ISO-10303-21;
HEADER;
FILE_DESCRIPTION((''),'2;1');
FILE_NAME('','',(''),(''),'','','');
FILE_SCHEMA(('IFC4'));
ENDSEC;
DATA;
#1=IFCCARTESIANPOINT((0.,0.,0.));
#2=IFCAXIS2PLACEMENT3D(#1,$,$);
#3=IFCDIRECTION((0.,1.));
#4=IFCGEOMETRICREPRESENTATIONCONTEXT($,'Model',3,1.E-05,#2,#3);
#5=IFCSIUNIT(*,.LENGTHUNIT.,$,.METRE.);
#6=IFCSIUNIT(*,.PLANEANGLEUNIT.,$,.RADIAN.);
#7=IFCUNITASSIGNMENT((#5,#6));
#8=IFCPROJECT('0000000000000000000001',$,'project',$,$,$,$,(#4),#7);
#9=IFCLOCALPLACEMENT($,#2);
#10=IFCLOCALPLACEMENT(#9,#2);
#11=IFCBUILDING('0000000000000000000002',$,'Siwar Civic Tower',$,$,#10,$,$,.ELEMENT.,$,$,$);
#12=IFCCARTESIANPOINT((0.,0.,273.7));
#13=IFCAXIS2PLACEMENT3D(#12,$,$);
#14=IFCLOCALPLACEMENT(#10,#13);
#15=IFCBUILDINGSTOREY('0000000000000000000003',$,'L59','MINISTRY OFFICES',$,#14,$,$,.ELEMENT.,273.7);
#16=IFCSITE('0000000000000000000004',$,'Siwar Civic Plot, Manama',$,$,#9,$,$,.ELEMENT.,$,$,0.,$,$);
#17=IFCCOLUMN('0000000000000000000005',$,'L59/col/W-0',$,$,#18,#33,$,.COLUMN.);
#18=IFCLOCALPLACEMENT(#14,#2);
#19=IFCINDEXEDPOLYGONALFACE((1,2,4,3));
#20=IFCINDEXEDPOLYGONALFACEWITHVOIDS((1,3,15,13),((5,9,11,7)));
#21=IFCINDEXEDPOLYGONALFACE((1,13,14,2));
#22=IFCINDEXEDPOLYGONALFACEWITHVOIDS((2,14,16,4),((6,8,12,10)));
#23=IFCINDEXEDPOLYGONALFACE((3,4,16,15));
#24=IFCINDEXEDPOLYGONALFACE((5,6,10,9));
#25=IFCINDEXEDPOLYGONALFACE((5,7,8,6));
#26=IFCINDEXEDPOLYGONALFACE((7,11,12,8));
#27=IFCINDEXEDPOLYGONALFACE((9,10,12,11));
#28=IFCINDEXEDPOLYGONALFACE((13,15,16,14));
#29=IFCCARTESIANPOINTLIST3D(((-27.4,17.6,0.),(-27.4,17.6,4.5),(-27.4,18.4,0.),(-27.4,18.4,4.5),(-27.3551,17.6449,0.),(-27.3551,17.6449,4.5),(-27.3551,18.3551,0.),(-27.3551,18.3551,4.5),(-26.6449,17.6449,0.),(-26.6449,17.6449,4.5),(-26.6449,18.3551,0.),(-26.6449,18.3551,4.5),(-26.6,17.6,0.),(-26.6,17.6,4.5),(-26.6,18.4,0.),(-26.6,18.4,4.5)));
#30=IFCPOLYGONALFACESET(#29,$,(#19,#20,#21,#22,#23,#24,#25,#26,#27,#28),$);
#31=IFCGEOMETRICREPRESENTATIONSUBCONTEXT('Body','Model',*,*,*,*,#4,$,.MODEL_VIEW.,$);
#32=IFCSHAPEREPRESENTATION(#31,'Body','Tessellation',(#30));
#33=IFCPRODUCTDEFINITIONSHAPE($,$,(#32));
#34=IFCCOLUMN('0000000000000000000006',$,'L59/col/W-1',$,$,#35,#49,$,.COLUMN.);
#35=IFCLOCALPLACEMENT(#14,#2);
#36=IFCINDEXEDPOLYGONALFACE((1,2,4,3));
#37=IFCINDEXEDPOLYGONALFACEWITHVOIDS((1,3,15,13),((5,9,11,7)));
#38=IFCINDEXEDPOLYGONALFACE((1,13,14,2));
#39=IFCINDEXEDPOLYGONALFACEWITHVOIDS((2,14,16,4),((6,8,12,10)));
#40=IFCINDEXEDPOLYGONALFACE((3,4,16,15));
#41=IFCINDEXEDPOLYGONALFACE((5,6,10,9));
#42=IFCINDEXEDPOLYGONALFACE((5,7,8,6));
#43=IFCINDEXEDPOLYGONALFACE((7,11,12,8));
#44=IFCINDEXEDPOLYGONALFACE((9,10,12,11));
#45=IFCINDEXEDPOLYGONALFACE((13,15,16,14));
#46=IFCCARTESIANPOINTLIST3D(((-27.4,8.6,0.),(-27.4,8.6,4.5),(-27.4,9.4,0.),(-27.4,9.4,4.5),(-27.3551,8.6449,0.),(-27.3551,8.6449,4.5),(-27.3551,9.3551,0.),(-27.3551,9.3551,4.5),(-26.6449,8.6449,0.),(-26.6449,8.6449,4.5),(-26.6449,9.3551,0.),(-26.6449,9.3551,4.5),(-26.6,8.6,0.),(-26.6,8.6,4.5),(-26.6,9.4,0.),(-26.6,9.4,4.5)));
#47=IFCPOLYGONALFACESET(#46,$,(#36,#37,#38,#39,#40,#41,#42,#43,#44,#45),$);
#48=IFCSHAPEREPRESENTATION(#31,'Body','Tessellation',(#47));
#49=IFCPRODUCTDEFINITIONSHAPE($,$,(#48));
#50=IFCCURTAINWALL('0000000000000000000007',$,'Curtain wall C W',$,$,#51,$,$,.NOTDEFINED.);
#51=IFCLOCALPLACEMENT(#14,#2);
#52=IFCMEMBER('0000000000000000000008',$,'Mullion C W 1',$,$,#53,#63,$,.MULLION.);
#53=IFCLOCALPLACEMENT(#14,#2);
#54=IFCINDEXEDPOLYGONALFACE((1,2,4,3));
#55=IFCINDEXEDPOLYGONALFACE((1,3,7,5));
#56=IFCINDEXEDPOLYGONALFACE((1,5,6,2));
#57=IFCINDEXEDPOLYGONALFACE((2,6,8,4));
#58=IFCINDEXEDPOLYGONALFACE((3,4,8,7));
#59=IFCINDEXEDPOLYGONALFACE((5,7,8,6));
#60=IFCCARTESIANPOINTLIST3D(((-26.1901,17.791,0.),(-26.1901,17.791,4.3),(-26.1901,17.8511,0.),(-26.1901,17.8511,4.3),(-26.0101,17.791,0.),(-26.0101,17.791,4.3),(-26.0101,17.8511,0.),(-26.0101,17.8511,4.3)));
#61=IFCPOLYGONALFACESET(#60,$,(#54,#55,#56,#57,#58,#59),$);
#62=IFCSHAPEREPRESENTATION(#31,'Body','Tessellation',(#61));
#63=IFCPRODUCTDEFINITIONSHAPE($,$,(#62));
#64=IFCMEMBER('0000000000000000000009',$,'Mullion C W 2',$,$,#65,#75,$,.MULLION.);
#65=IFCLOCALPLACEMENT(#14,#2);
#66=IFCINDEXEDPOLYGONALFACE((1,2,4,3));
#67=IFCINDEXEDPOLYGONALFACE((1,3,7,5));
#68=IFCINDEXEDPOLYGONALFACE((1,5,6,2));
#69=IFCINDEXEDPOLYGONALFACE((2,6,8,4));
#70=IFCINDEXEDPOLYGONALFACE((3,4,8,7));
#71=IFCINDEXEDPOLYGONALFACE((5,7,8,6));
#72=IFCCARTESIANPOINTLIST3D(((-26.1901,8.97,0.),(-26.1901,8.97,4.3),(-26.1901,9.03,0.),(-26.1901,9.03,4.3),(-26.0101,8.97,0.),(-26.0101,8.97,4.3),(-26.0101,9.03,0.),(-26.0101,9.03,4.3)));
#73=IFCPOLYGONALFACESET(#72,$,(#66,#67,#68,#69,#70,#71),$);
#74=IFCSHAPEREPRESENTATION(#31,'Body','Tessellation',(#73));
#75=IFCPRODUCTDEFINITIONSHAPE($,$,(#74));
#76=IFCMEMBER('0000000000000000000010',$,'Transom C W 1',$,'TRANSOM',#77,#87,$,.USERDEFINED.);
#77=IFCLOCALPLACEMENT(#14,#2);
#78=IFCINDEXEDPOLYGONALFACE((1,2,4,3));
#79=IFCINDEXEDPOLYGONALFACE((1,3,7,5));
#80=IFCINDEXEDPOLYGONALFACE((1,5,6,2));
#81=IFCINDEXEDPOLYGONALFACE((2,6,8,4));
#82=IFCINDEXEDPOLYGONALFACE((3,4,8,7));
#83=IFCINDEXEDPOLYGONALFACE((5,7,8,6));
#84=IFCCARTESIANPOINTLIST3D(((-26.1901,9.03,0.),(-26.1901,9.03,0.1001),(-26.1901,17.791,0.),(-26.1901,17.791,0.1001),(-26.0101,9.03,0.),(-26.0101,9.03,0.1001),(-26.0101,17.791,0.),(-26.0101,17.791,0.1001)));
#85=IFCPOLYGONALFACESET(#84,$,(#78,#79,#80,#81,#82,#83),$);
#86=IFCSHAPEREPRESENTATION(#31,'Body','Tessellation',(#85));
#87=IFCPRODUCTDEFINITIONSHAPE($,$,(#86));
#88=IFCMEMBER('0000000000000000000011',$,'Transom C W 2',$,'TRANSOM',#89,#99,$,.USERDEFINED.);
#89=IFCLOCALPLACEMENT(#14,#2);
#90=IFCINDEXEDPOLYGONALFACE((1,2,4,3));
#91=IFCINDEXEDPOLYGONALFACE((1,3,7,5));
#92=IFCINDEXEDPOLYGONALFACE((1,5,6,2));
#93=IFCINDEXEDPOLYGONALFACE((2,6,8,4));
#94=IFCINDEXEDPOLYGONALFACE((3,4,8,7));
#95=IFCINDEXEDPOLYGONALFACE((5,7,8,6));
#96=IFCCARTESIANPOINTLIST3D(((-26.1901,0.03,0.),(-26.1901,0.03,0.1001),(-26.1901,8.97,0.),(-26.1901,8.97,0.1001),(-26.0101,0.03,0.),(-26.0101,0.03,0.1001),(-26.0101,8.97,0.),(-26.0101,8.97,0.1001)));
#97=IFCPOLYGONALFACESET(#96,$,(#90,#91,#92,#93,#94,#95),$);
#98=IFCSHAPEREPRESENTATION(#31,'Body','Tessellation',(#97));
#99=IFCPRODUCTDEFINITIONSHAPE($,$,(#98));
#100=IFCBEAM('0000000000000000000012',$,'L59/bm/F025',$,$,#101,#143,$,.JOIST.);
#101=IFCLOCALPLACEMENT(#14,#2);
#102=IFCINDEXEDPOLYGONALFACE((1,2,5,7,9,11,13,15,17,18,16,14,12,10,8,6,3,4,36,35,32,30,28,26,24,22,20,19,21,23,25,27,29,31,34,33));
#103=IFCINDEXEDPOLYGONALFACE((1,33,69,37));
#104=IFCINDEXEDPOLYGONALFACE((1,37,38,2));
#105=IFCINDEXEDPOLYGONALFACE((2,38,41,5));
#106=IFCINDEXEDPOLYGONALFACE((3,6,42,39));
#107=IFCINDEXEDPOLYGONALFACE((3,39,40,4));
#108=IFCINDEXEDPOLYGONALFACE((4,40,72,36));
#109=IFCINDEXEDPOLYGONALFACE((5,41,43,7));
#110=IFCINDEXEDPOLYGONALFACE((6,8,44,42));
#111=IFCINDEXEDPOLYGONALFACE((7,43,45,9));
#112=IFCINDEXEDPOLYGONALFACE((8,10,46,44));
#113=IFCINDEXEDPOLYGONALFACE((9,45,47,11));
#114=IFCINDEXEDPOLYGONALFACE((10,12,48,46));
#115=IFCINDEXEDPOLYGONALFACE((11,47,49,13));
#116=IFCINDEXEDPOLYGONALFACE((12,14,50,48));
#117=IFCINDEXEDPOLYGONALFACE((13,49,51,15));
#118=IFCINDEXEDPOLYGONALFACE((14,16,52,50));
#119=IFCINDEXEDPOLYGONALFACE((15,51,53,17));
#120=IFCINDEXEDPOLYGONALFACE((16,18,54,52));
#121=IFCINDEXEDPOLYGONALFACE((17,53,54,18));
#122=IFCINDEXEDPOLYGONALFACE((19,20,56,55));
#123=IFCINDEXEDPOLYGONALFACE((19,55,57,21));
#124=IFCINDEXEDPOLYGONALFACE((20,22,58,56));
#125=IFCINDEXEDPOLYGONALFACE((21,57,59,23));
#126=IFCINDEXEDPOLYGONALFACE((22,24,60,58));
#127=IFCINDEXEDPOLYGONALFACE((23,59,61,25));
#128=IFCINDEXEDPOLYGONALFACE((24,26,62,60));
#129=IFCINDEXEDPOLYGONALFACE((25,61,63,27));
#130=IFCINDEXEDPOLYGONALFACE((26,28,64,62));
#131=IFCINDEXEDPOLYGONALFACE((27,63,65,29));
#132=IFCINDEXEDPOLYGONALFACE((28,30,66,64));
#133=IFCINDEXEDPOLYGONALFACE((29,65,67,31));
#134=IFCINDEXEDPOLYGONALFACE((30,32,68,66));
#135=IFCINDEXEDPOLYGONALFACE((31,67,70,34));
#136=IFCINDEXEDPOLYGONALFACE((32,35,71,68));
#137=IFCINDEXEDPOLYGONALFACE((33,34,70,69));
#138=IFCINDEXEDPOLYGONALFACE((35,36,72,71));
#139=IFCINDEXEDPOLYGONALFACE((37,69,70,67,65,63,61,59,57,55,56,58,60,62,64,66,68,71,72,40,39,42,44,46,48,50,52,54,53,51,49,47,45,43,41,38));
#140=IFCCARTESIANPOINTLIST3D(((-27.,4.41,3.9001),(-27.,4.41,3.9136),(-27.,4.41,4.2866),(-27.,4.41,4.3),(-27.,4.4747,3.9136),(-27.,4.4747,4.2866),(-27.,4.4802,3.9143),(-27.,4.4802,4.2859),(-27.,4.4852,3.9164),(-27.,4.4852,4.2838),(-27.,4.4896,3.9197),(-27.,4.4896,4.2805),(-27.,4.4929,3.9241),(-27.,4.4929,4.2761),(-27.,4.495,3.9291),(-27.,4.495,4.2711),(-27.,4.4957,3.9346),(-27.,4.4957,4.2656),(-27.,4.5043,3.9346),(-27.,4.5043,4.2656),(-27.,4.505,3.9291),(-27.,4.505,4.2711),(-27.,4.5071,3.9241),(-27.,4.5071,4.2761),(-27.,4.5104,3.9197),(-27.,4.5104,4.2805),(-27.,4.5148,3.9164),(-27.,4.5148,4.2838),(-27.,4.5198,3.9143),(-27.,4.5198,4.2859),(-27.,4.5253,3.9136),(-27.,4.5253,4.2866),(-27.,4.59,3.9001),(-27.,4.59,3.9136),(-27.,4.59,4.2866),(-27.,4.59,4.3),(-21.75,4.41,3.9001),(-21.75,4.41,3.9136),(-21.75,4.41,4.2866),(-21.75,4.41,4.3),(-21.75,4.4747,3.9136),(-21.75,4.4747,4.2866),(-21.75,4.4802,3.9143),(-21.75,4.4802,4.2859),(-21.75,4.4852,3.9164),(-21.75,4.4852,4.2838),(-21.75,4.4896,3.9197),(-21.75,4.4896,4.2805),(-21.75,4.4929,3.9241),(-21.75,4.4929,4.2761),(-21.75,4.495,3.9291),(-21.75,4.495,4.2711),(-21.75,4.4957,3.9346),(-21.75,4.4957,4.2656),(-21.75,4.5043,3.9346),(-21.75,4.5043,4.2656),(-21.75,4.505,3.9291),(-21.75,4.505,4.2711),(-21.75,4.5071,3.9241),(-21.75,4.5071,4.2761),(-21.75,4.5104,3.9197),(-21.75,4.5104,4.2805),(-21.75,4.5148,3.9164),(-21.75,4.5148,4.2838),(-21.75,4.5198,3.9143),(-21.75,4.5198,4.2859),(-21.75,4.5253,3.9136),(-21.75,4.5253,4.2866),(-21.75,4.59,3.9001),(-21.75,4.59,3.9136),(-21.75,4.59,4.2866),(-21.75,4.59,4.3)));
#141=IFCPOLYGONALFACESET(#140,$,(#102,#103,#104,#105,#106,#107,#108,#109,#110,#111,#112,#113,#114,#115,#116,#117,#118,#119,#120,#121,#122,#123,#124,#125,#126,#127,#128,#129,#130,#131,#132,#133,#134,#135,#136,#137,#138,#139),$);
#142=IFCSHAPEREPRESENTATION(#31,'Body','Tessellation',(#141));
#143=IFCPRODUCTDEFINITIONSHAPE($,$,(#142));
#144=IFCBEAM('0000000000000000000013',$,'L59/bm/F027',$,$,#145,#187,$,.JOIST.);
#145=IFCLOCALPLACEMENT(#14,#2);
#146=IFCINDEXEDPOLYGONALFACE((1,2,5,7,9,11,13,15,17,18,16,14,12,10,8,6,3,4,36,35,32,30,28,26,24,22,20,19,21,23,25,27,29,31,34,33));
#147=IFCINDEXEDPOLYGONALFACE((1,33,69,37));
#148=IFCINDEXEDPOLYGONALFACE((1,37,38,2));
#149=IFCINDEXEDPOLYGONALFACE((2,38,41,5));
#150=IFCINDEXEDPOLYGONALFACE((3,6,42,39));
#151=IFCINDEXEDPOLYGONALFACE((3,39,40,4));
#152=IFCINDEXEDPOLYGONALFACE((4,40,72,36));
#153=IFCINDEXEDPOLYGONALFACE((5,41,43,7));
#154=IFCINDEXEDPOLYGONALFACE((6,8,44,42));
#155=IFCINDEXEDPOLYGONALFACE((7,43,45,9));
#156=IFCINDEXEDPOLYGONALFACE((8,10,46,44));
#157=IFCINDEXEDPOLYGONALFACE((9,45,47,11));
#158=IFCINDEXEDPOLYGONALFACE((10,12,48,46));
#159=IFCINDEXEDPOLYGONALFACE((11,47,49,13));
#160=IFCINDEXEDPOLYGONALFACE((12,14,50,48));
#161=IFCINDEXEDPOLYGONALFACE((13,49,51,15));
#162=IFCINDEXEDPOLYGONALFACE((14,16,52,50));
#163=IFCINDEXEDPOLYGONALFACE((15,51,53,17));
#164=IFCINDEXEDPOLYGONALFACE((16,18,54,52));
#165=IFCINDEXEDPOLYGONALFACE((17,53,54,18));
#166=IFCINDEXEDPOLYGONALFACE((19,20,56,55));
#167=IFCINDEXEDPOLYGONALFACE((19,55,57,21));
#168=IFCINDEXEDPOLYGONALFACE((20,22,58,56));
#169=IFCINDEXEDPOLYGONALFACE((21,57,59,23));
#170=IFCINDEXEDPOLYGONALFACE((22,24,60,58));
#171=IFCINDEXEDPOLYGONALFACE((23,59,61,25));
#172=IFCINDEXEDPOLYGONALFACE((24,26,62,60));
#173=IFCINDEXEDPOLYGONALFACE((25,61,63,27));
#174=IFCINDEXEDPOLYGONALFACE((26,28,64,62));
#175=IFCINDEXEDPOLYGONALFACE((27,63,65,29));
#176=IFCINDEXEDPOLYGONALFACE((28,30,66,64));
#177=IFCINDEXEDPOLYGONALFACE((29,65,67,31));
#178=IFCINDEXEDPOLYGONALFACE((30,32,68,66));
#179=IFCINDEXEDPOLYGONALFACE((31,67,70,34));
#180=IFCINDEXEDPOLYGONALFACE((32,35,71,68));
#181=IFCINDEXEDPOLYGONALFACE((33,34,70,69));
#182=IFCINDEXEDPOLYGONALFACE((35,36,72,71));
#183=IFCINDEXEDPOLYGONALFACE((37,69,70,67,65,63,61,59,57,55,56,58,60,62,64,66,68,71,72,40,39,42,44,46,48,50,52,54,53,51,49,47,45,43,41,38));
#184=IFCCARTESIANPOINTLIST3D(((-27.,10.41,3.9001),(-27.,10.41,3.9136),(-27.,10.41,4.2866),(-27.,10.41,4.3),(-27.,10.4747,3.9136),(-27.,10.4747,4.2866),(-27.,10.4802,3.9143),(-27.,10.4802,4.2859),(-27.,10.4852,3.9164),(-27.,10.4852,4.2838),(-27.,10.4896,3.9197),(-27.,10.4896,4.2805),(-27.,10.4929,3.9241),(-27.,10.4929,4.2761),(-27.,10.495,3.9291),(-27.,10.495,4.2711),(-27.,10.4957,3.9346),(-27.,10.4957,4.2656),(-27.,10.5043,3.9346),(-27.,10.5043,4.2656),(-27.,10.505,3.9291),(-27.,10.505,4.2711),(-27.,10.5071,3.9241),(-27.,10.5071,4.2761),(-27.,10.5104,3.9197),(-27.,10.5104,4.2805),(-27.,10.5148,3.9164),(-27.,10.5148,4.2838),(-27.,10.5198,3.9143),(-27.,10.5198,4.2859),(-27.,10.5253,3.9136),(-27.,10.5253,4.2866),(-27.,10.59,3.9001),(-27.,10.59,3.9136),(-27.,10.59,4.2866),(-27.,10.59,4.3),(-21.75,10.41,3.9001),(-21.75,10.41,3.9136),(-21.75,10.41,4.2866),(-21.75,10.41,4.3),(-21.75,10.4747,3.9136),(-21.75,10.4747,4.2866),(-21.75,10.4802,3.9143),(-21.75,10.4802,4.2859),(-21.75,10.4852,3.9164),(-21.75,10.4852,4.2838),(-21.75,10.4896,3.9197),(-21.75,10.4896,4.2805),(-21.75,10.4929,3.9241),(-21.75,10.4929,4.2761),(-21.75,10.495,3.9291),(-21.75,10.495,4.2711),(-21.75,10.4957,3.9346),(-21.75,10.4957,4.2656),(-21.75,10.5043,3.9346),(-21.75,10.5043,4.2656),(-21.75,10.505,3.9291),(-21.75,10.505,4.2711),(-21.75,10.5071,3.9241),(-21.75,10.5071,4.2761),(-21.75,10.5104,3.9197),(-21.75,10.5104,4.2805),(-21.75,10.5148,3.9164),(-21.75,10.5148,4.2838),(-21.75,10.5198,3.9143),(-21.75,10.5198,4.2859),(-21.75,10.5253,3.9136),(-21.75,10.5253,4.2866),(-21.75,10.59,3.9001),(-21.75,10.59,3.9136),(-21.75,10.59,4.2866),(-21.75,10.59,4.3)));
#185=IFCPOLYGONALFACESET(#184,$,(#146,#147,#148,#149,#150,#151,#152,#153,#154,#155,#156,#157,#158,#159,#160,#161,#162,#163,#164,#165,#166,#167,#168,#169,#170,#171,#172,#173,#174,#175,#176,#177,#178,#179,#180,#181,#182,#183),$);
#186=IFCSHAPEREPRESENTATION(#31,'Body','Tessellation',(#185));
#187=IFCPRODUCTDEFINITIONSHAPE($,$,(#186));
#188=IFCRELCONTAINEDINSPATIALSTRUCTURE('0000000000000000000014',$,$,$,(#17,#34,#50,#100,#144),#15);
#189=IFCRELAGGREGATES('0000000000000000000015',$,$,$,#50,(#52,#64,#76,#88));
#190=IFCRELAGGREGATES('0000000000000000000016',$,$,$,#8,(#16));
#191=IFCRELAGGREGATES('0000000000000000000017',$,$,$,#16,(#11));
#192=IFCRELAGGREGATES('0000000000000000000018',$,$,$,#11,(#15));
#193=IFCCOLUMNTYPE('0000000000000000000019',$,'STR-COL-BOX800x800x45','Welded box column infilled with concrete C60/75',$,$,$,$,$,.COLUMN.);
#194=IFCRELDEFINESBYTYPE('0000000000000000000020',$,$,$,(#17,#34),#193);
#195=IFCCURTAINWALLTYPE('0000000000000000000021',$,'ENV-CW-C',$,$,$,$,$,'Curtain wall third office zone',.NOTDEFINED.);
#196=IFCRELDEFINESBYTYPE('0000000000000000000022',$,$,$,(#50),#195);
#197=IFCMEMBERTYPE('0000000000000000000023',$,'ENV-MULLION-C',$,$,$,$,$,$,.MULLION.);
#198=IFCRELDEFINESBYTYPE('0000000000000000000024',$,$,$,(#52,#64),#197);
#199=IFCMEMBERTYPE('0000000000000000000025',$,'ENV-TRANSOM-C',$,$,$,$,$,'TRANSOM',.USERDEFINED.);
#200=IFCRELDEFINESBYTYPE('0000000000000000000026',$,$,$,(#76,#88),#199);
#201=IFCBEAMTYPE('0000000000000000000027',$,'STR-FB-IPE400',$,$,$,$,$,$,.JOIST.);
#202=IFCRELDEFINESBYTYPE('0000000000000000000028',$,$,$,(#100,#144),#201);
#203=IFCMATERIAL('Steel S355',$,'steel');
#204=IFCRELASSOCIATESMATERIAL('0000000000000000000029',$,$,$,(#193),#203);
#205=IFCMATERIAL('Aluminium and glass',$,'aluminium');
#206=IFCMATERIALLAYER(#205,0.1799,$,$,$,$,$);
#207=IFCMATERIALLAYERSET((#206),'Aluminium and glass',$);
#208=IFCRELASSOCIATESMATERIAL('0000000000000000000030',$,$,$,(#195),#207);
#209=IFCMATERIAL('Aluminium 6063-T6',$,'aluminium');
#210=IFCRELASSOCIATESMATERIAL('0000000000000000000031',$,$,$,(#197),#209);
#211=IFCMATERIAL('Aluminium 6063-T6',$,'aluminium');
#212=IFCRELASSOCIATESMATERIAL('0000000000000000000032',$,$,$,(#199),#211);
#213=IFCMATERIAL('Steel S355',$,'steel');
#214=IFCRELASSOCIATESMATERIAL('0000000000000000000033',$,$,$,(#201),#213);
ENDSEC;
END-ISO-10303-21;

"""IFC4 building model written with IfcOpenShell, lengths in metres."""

from ifc_helpers import new_model, si_unit, direction, frame, origin, origin_2d, place, context, subcontext, project, spatial, rectangle, hollow_rectangle, i_section, extrude, material, layer, layer_set, material_profile, profile_set, type_object, element, aggregate, save


model = new_model("IFC4")

# Units and contexts
model_context = context("Model", 3, precision=1e-05, world=origin(), true_north=direction((0.0, 1.0)))
body_context = subcontext(model_context, "Body", "Model", "MODEL_VIEW")
ifc_project = project(units=[si_unit("LENGTHUNIT", "METRE"), si_unit("PLANEANGLEUNIT", "RADIAN")], contexts=[model_context])

# Site, building, storey
site_placement = place(None, origin())
site = spatial("IfcSite", under=ifc_project, at=site_placement, Name="Siwar Civic Plot, Manama", CompositionType="ELEMENT", RefElevation=0.0)
building_placement = place(site_placement, origin())
building = spatial("IfcBuilding", under=site, at=building_placement, Name="Siwar Civic Tower", CompositionType="ELEMENT")
storey_placement = place(building_placement, frame((0.0, 0.0, 273.7)))
storey = spatial("IfcBuildingStorey", under=building, at=storey_placement, Name="L59", Description="MINISTRY OFFICES", CompositionType="ELEMENT", Elevation=273.7)

# Columns
ifc_material_1 = material(Name="Steel S355", Category="steel")
ifc_material_profile_1 = material_profile(ifc_material_1, hollow_rectangle(XDim=0.8, YDim=0.8, WallThickness=0.0449, at=origin_2d()), Name="BOX800x800x45")
ifc_profile_set_1 = profile_set([ifc_material_profile_1], Name="Steel S355")
column_type = type_object("IfcColumnType", Name="STR-COL-BOX800x800x45", Description="Welded box column infilled with concrete C60/75", PredefinedType="COLUMN", material=ifc_profile_set_1)
for number, where, z_axis, x_axis, name in (
    (1, (-27.0, 18.0, 0.0), (0.0, 0.0, 1.0), (1.0, 0.0, 0.0), "L59/col/W-0"),
    (2, (-27.0, 9.0, 0.0), (0.0, 0.0, 1.0), (1.0, 0.0, 0.0), "L59/col/W-1"),
):
    element("IfcColumn", number, at=place(storey_placement, frame(where, z_axis=z_axis, x_axis=x_axis)), inside=storey, type_object=column_type, Name=name, PredefinedType="COLUMN", context=body_context, shape_type="SweptSolid", body=[
        extrude(hollow_rectangle(XDim=0.8, YDim=0.8, WallThickness=0.0449, at=origin_2d()), origin(), (0.0, 0.0, 1.0), 4.5),
    ])

# Curtain wall, members
ifc_material_2 = material(Name="Aluminium and glass", Category="aluminium")
ifc_layer_1 = layer(ifc_material_2, 0.1799)
ifc_layer_set_1 = layer_set([ifc_layer_1], Name="Aluminium and glass")
curtain_wall_type = type_object("IfcCurtainWallType", Name="ENV-CW-C", ElementType="Curtain wall third office zone", PredefinedType="NOTDEFINED", material=ifc_layer_set_1)
curtain_wall_placement = place(storey_placement, origin())
curtain_wall = element("IfcCurtainWall", 3, at=curtain_wall_placement, inside=storey, type_object=curtain_wall_type, Name="Curtain wall C W", PredefinedType="NOTDEFINED")
ifc_material_3 = material(Name="Aluminium 6063-T6", Category="aluminium")
ifc_material_profile_2 = material_profile(ifc_material_3, rectangle(XDim=0.1799, YDim=0.0601, at=origin_2d()), Name="AL 180x60")
ifc_profile_set_2 = profile_set([ifc_material_profile_2], Name="Aluminium 6063-T6")
member_type_1 = type_object("IfcMemberType", Name="ENV-MULLION-C", PredefinedType="MULLION", material=ifc_profile_set_2)
member_1_placement = place(storey_placement, frame((-26.1001, 17.821, 0.0), z_axis=(0.0, 0.0, 1.0), x_axis=(1.0, 0.0, 0.0)))
member_1 = element("IfcMember", 4, at=member_1_placement, type_object=member_type_1, Name="Mullion C W 1", PredefinedType="MULLION", context=body_context, shape_type="SweptSolid", body=[
    extrude(rectangle(XDim=0.1799, YDim=0.0601, at=origin_2d()), origin(), (0.0, 0.0, 1.0), 4.3),
])
member_2_placement = place(storey_placement, frame((-26.1001, 9.0, 0.0), z_axis=(0.0, 0.0, 1.0), x_axis=(1.0, 0.0, 0.0)))
member_2 = element("IfcMember", 5, at=member_2_placement, type_object=member_type_1, Name="Mullion C W 2", PredefinedType="MULLION", context=body_context, shape_type="SweptSolid", body=[
    extrude(rectangle(XDim=0.1799, YDim=0.0601, at=origin_2d()), origin(), (0.0, 0.0, 1.0), 4.3),
])
ifc_material_4 = material(Name="Aluminium 6063-T6", Category="aluminium")
ifc_material_profile_3 = material_profile(ifc_material_4, rectangle(XDim=0.1799, YDim=0.1001, at=origin_2d()), Name="AL 180x100")
ifc_profile_set_3 = profile_set([ifc_material_profile_3], Name="Aluminium 6063-T6")
member_type_2 = type_object("IfcMemberType", Name="ENV-TRANSOM-C", ElementType="TRANSOM", PredefinedType="USERDEFINED", material=ifc_profile_set_3)
member_3_placement = place(storey_placement, frame((-26.1001, 17.791, 0.05), z_axis=(0.0, -1.0, 0.0), x_axis=(1.0, 0.0, 0.0)))
member_3 = element("IfcMember", 6, at=member_3_placement, type_object=member_type_2, Name="Transom C W 1", ObjectType="TRANSOM", PredefinedType="USERDEFINED", context=body_context, shape_type="SweptSolid", body=[
    extrude(rectangle(XDim=0.1799, YDim=0.1001, at=origin_2d()), origin(), (0.0, 0.0, 1.0), 8.761),
])
member_4_placement = place(storey_placement, frame((-26.1001, 8.97, 0.05), z_axis=(0.0, -1.0, 0.0), x_axis=(1.0, 0.0, 0.0)))
member_4 = element("IfcMember", 7, at=member_4_placement, type_object=member_type_2, Name="Transom C W 2", ObjectType="TRANSOM", PredefinedType="USERDEFINED", context=body_context, shape_type="SweptSolid", body=[
    extrude(rectangle(XDim=0.1799, YDim=0.1001, at=origin_2d()), origin(), (0.0, 0.0, 1.0), 8.9399),
])

# Beams
ifc_material_5 = material(Name="Steel S355", Category="steel")
ifc_material_profile_4 = material_profile(ifc_material_5, i_section(OverallWidth=0.1799, OverallDepth=0.3999, WebThickness=0.0085, FlangeThickness=0.0134, FilletRadius=0.021, at=origin_2d()), Name="IPE400")
ifc_profile_set_4 = profile_set([ifc_material_profile_4], Name="Steel S355")
beam_type_1 = type_object("IfcBeamType", Name="STR-FB-IPE400", PredefinedType="JOIST", material=ifc_profile_set_4)
for number, where, z_axis, x_axis, name in (
    (8, (-27.0, 4.5, 4.1001), (1.0, 0.0, 0.0), (0.0, 1.0, 0.0), "L59/bm/F025"),
    (9, (-27.0, 10.5, 4.1001), (1.0, 0.0, 0.0), (0.0, 1.0, 0.0), "L59/bm/F027"),
):
    element("IfcBeam", number, at=place(storey_placement, frame(where, z_axis=z_axis, x_axis=x_axis)), inside=storey, type_object=beam_type_1, Name=name, PredefinedType="JOIST", context=body_context, shape_type="SweptSolid", body=[
        extrude(i_section(OverallWidth=0.1799, OverallDepth=0.3999, WebThickness=0.0085, FlangeThickness=0.0134, FilletRadius=0.021, at=origin_2d()), origin(), (0.0, 0.0, 1.0), 5.25),
    ])

aggregate(curtain_wall, [member_1, member_2, member_3, member_4])

save(model, "model.ifc")
